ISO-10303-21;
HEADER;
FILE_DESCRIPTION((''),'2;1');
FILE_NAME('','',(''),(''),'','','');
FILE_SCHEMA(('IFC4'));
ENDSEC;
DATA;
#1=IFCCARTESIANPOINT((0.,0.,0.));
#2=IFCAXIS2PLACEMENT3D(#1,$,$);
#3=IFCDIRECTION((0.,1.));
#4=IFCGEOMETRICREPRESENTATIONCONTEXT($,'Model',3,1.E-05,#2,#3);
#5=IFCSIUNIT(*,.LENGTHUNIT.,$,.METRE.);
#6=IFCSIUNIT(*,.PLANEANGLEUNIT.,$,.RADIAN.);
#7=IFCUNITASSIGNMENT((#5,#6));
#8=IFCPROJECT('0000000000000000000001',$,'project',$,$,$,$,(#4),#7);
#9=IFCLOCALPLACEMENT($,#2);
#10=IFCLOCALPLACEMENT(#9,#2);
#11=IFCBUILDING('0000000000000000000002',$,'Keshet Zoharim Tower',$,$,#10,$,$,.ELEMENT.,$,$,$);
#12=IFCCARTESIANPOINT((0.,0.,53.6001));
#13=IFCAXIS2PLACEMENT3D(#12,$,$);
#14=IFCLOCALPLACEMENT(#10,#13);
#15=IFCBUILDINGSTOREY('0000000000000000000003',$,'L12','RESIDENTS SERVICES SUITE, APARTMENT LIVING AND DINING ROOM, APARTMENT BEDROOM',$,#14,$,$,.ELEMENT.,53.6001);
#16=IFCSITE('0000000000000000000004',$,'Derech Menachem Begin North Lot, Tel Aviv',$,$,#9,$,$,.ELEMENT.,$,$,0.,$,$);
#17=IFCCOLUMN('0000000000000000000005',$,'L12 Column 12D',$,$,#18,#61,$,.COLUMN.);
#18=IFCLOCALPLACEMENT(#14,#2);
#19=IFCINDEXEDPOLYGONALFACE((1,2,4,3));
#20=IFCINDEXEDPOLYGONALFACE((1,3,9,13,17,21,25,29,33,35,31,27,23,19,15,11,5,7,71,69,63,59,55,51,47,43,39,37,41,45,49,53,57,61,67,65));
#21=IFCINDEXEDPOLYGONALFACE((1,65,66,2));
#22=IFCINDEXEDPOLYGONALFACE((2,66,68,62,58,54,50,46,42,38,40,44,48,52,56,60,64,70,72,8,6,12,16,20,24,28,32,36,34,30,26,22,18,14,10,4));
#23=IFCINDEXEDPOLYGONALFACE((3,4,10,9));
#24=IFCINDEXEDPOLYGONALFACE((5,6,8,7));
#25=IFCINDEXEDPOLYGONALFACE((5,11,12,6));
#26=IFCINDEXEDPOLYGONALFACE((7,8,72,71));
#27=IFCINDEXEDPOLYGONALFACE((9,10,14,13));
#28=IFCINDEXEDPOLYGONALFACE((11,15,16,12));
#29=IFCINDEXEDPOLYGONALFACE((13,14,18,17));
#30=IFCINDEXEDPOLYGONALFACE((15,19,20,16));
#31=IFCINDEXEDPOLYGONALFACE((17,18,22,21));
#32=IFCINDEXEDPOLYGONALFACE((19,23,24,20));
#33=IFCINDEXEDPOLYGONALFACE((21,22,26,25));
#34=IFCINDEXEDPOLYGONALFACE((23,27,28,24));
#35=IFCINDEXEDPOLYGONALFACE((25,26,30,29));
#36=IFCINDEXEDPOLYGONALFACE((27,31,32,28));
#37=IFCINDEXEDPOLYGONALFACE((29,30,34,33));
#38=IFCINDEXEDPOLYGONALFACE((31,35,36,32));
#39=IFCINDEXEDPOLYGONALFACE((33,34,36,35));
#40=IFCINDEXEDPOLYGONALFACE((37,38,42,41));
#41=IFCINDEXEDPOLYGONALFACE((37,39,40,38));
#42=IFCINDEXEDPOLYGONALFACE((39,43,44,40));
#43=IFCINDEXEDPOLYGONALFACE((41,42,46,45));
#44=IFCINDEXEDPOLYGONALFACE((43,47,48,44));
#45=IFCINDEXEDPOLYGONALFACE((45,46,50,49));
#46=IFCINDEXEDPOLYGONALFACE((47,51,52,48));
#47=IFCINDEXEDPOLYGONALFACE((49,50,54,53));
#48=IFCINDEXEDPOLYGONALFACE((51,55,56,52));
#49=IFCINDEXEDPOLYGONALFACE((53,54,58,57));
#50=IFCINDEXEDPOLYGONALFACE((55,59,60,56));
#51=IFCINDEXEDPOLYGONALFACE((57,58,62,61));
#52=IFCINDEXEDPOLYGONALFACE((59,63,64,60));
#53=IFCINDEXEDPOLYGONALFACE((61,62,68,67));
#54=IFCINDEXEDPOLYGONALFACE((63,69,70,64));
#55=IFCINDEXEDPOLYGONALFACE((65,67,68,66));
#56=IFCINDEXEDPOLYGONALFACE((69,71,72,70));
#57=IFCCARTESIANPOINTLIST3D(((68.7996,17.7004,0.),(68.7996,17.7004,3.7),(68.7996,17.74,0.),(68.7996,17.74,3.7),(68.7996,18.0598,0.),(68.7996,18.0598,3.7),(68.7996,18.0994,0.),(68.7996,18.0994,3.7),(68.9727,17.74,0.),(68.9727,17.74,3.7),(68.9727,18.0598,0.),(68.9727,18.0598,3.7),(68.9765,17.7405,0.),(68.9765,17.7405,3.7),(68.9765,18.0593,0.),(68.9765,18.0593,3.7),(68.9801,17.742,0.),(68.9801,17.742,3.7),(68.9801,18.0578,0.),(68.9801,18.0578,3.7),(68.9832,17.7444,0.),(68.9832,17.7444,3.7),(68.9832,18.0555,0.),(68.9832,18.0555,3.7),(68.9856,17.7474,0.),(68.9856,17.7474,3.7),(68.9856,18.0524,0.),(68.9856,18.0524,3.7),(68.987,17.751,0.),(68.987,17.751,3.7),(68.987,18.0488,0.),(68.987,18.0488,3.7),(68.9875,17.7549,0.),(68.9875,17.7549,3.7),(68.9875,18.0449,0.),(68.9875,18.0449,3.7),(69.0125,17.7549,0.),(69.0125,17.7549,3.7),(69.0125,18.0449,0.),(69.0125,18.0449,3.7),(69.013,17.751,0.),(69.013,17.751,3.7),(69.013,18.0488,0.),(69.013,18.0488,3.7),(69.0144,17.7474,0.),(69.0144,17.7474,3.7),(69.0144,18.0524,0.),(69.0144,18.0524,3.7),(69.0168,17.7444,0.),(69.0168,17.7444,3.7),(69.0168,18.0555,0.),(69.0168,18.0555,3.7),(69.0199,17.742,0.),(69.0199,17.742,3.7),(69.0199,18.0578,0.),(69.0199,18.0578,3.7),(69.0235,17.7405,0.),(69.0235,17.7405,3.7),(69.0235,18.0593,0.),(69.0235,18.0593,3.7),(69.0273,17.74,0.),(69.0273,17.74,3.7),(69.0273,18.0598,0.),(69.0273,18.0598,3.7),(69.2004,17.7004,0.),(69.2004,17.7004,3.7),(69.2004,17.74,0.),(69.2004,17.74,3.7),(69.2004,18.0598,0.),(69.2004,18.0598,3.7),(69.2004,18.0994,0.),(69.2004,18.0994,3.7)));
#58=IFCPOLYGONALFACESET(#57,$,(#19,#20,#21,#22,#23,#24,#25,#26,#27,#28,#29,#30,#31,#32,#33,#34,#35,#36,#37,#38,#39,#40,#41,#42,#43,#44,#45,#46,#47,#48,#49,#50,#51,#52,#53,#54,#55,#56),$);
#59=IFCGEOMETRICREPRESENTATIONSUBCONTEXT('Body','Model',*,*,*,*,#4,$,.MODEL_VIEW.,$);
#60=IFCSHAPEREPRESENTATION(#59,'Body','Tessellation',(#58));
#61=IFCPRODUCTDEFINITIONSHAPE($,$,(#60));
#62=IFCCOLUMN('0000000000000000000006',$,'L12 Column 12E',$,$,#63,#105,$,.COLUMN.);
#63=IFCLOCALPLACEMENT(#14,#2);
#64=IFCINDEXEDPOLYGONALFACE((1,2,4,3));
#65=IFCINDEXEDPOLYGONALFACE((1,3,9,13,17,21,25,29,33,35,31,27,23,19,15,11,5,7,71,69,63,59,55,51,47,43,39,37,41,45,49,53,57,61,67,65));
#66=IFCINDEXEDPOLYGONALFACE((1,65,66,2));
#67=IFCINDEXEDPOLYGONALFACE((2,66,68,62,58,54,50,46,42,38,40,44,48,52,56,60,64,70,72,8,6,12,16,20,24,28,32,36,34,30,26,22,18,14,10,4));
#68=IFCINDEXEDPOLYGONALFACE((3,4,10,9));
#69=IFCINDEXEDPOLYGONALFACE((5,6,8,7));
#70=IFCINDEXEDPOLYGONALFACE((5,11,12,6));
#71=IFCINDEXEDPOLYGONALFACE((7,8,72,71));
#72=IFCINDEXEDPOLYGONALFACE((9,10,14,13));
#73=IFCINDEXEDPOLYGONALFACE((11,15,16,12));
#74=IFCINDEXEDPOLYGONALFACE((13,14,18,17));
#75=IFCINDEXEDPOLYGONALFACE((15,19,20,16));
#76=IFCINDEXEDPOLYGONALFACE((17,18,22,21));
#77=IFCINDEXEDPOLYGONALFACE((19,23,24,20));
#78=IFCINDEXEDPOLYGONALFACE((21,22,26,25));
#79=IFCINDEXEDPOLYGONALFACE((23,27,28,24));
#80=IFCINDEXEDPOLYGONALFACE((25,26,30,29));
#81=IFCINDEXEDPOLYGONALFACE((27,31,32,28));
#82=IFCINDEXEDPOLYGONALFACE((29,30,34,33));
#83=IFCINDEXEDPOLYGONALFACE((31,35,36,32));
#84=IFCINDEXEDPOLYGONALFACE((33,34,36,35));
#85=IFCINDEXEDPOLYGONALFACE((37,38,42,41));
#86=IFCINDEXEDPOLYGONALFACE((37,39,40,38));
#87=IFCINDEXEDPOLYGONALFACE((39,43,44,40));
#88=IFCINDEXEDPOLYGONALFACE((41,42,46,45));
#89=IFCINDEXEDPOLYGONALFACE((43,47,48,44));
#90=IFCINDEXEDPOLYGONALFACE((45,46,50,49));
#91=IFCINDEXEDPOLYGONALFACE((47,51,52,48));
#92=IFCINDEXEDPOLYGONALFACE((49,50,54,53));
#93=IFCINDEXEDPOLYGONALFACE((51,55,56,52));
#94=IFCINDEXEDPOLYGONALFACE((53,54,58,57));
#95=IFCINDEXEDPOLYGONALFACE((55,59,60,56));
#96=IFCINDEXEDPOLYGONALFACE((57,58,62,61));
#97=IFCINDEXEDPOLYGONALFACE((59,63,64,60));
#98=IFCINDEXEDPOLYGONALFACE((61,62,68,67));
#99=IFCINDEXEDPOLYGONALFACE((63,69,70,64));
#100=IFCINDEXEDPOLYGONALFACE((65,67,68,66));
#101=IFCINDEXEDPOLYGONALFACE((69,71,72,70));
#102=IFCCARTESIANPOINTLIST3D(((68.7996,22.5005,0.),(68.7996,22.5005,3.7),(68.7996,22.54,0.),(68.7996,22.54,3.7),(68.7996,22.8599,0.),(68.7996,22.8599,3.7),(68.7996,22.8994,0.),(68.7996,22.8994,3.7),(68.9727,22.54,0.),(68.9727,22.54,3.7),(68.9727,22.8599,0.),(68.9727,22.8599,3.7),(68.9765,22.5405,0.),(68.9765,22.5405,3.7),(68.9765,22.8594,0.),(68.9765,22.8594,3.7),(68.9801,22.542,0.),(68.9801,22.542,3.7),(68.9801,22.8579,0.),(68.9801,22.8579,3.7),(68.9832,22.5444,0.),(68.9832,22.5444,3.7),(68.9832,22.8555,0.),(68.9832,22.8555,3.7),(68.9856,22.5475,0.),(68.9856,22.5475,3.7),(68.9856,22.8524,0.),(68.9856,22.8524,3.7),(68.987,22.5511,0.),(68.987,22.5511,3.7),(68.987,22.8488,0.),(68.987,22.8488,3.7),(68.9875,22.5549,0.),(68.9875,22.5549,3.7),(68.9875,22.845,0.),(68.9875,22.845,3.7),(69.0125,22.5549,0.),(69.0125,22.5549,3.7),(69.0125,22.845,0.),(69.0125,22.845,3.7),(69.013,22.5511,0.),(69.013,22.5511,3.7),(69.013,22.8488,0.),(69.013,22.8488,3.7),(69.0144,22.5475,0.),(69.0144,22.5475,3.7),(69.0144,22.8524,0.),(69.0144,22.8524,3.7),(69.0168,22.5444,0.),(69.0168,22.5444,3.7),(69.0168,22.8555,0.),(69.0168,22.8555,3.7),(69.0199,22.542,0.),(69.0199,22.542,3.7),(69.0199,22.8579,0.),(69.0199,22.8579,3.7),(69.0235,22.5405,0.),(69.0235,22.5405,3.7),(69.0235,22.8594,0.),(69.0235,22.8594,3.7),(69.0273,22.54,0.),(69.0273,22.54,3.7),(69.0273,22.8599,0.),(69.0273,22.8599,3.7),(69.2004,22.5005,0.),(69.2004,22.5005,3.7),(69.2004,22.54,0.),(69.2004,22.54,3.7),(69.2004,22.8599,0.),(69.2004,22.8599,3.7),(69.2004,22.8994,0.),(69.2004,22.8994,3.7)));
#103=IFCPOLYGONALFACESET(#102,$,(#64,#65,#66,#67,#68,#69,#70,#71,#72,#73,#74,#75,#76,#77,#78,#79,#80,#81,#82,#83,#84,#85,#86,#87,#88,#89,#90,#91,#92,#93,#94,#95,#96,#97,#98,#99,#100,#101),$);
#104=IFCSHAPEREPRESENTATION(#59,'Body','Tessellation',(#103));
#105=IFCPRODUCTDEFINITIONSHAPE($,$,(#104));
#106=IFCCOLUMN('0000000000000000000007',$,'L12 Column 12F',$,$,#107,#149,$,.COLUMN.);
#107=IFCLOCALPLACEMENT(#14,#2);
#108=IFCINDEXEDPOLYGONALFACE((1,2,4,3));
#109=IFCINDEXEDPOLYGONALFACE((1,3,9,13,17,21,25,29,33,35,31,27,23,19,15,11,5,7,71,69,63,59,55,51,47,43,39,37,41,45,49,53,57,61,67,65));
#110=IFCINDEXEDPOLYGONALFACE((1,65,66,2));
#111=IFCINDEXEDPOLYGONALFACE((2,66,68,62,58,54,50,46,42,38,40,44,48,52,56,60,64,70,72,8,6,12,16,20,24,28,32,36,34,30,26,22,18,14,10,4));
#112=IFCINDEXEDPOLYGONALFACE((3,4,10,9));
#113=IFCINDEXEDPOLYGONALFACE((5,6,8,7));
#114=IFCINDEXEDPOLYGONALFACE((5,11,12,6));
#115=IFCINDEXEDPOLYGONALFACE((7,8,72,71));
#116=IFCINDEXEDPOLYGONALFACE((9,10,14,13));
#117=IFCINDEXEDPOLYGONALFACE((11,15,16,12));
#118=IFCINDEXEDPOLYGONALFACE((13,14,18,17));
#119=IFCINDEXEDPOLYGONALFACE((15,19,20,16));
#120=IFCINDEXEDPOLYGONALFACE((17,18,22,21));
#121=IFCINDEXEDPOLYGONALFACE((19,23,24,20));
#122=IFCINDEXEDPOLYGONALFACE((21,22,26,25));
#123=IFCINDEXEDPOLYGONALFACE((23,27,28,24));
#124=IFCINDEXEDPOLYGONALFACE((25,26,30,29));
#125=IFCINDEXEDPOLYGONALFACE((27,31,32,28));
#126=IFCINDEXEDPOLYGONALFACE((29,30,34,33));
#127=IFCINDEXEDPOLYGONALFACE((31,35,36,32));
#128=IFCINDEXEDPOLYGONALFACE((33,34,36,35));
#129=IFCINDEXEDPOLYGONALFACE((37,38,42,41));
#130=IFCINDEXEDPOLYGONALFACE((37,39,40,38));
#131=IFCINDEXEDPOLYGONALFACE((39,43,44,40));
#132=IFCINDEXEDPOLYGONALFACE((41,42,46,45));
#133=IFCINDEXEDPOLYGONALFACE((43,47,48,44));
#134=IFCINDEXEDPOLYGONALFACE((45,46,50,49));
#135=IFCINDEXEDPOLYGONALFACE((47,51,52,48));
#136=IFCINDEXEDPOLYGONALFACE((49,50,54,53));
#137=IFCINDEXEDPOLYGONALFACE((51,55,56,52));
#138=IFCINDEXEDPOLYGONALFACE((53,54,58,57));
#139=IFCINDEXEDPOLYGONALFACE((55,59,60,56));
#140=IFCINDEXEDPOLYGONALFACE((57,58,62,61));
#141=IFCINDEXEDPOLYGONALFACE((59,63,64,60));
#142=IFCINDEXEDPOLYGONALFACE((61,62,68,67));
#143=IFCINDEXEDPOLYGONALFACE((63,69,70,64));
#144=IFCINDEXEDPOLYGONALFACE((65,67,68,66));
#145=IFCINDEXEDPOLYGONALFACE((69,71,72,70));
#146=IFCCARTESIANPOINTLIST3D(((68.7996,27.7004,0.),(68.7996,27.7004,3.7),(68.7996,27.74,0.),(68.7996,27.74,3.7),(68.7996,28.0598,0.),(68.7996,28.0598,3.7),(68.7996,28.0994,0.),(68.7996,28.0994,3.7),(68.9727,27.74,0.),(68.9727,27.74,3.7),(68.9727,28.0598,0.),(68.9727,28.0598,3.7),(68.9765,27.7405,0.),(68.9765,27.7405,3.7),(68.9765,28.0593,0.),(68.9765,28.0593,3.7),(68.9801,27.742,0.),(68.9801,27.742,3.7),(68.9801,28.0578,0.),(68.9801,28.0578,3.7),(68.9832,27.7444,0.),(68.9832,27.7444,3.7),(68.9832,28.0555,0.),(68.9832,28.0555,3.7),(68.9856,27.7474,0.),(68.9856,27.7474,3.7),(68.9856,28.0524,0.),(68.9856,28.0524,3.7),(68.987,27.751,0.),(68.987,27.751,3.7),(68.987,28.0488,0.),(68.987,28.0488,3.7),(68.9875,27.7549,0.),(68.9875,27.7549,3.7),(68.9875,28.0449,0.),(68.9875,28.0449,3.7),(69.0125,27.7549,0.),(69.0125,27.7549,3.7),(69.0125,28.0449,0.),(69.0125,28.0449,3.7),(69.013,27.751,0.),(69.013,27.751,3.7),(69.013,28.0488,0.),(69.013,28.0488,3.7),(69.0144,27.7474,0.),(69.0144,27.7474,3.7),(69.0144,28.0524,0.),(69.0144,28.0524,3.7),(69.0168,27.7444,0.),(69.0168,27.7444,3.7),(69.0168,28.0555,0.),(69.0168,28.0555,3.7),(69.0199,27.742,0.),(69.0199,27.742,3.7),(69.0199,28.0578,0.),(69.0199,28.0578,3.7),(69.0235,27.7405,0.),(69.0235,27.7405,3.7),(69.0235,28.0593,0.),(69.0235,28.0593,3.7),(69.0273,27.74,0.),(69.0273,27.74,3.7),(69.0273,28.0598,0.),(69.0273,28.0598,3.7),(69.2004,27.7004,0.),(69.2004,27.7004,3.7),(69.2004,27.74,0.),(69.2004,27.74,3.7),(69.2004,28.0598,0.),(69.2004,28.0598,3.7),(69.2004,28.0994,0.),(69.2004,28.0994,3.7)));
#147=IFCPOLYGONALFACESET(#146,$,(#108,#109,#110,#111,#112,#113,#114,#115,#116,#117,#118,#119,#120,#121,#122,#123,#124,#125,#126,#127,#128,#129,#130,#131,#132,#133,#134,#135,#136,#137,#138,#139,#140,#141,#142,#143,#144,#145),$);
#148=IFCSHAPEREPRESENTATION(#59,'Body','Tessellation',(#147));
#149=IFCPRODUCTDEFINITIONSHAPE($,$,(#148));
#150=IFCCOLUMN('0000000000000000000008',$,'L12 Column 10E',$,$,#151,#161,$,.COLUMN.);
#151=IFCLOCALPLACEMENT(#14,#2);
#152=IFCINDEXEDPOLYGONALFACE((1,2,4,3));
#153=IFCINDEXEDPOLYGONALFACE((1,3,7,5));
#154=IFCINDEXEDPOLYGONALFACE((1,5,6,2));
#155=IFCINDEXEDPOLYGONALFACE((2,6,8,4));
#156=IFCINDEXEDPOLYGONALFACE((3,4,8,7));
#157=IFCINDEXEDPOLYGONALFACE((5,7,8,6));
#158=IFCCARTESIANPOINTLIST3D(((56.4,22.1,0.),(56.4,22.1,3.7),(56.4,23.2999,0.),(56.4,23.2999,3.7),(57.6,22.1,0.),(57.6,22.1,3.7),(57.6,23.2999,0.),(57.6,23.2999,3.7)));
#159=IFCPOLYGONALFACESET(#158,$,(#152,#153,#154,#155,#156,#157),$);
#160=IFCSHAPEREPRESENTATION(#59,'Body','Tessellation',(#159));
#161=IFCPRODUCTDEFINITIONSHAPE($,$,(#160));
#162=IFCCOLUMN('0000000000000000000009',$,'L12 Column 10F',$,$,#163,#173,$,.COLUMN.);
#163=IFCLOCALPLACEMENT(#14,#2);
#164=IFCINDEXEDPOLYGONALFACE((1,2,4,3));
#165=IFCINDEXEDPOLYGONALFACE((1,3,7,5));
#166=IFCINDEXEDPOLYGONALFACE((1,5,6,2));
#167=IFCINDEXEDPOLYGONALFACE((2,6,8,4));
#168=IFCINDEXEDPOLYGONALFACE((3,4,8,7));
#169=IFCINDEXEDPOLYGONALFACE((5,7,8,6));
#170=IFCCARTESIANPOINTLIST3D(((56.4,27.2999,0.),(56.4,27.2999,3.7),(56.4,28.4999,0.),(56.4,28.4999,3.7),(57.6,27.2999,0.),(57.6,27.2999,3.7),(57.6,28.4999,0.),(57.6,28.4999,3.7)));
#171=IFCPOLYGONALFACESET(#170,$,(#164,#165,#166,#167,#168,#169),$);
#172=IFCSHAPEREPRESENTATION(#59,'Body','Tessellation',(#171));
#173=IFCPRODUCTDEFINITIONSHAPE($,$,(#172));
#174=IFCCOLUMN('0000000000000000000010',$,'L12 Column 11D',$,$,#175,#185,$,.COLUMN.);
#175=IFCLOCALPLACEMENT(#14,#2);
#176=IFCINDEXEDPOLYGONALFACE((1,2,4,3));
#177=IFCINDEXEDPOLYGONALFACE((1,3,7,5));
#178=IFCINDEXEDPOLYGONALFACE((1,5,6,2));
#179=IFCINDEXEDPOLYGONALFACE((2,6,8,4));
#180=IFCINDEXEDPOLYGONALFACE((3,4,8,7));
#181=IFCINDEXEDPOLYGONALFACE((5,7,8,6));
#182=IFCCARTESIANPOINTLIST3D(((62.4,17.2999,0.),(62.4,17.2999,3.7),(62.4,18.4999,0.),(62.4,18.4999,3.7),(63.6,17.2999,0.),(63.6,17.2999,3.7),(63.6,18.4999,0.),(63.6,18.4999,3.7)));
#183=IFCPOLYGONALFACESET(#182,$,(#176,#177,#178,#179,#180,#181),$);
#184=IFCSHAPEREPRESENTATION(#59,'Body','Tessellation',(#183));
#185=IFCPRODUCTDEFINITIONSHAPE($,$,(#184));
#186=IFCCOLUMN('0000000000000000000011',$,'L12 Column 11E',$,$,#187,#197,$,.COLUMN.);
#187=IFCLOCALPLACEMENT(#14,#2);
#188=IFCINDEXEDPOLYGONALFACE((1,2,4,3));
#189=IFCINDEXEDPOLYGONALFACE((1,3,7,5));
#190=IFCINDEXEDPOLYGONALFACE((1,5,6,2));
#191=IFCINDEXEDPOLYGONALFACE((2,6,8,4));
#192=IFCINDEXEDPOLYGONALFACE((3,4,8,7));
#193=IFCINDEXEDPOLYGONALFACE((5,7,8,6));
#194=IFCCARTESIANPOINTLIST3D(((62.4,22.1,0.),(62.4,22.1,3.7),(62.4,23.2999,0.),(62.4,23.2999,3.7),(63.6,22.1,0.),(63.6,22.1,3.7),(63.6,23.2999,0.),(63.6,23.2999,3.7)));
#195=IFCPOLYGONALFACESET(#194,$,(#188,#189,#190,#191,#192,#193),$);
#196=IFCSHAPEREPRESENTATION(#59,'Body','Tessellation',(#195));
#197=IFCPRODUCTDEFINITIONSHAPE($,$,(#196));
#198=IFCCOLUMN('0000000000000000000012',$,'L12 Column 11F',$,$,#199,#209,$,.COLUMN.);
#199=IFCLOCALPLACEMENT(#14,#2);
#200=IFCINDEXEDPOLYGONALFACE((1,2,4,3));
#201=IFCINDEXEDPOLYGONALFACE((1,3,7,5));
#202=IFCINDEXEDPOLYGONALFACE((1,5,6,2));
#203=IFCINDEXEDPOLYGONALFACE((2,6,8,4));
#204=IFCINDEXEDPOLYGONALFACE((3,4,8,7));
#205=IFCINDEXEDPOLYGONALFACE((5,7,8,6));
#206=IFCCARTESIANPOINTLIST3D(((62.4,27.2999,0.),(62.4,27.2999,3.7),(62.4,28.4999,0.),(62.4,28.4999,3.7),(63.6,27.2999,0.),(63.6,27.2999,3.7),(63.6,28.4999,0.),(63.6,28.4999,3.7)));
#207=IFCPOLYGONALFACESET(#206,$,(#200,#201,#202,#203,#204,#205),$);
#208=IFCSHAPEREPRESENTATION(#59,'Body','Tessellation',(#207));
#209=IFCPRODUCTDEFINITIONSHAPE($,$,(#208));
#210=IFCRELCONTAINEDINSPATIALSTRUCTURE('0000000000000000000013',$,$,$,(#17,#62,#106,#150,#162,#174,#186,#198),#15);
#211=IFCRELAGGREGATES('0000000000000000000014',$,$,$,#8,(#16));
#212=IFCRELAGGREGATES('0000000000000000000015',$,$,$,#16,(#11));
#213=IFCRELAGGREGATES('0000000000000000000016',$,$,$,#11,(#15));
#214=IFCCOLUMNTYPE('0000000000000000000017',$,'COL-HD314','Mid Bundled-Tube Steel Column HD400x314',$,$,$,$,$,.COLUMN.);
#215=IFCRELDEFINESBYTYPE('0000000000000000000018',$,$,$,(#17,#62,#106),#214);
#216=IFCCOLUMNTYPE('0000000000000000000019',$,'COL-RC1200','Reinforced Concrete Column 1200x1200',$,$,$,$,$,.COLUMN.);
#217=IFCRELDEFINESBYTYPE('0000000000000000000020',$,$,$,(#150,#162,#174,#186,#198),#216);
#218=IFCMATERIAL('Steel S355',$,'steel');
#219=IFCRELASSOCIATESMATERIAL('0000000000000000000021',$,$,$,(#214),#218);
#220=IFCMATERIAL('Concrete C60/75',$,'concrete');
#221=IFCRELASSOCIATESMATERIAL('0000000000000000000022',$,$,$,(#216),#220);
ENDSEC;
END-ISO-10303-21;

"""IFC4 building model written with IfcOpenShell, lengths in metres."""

from ifc_helpers import new_model, si_unit, direction, frame, origin, origin_2d, place, context, subcontext, project, spatial, rectangle, i_section, extrude, material, material_profile, profile_set, type_object, element, save


model = new_model("IFC4")

# Units and contexts
model_context = context("Model", 3, precision=1e-05, world=origin(), true_north=direction((0.0, 1.0)))
body_context = subcontext(model_context, "Body", "Model", "MODEL_VIEW")
ifc_project = project(units=[si_unit("LENGTHUNIT", "METRE"), si_unit("PLANEANGLEUNIT", "RADIAN")], contexts=[model_context])

# Site, building, storey
site_placement = place(None, origin())
site = spatial("IfcSite", under=ifc_project, at=site_placement, Name="Derech Menachem Begin North Lot, Tel Aviv", CompositionType="ELEMENT", RefElevation=0.0)
building_placement = place(site_placement, origin())
building = spatial("IfcBuilding", under=site, at=building_placement, Name="Keshet Zoharim Tower", CompositionType="ELEMENT")
storey_placement = place(building_placement, frame((0.0, 0.0, 53.6001)))
storey = spatial("IfcBuildingStorey", under=building, at=storey_placement, Name="L12", Description="RESIDENTS SERVICES SUITE, APARTMENT LIVING AND DINING ROOM, APARTMENT BEDROOM", CompositionType="ELEMENT", Elevation=53.6001)

# Columns
ifc_material_1 = material(Name="Steel S355", Category="steel")
ifc_material_profile_1 = material_profile(ifc_material_1, i_section(OverallWidth=0.4009, OverallDepth=0.3989, WebThickness=0.0249, FlangeThickness=0.0396, FilletRadius=0.0149, at=origin_2d()), Name="HD400x314")
ifc_profile_set_1 = profile_set([ifc_material_profile_1], Name="Steel S355")
column_type_1 = type_object("IfcColumnType", Name="COL-HD314", Description="Mid Bundled-Tube Steel Column HD400x314", PredefinedType="COLUMN", material=ifc_profile_set_1)
for number, where, z_axis, x_axis, name in (
    (1, (69.0, 17.8999, 0.0), (0.0, 0.0, 1.0), (1.0, 0.0, 0.0), "L12 Column 12D"),
    (2, (69.0, 22.7, 0.0), (0.0, 0.0, 1.0), (1.0, 0.0, 0.0), "L12 Column 12E"),
    (3, (69.0, 27.8999, 0.0), (0.0, 0.0, 1.0), (1.0, 0.0, 0.0), "L12 Column 12F"),
):
    element("IfcColumn", number, at=place(storey_placement, frame(where, z_axis=z_axis, x_axis=x_axis)), inside=storey, type_object=column_type_1, Name=name, PredefinedType="COLUMN", context=body_context, shape_type="SweptSolid", body=[
        extrude(i_section(OverallWidth=0.4009, OverallDepth=0.3989, WebThickness=0.0249, FlangeThickness=0.0396, FilletRadius=0.0149, at=origin_2d()), origin(), (0.0, 0.0, 1.0), 3.7),
    ])
ifc_material_2 = material(Name="Concrete C60/75", Category="concrete")
ifc_material_profile_2 = material_profile(ifc_material_2, rectangle(XDim=1.2, YDim=1.2, at=origin_2d()), Name="RC1200x1200")
ifc_profile_set_2 = profile_set([ifc_material_profile_2], Name="Concrete C60/75")
column_type_2 = type_object("IfcColumnType", Name="COL-RC1200", Description="Reinforced Concrete Column 1200x1200", PredefinedType="COLUMN", material=ifc_profile_set_2)
for number, where, z_axis, x_axis, name in (
    (4, (57.0, 22.7, 0.0), (0.0, 0.0, 1.0), (1.0, 0.0, 0.0), "L12 Column 10E"),
    (5, (57.0, 27.8999, 0.0), (0.0, 0.0, 1.0), (1.0, 0.0, 0.0), "L12 Column 10F"),
    (6, (63.0, 17.8999, 0.0), (0.0, 0.0, 1.0), (1.0, 0.0, 0.0), "L12 Column 11D"),
    (7, (63.0, 22.7, 0.0), (0.0, 0.0, 1.0), (1.0, 0.0, 0.0), "L12 Column 11E"),
    (8, (63.0, 27.8999, 0.0), (0.0, 0.0, 1.0), (1.0, 0.0, 0.0), "L12 Column 11F"),
):
    element("IfcColumn", number, at=place(storey_placement, frame(where, z_axis=z_axis, x_axis=x_axis)), inside=storey, type_object=column_type_2, Name=name, PredefinedType="COLUMN", context=body_context, shape_type="SweptSolid", body=[
        extrude(rectangle(XDim=1.2, YDim=1.2, at=origin_2d()), origin(), (0.0, 0.0, 1.0), 3.7),
    ])

save(model, "model.ifc")
